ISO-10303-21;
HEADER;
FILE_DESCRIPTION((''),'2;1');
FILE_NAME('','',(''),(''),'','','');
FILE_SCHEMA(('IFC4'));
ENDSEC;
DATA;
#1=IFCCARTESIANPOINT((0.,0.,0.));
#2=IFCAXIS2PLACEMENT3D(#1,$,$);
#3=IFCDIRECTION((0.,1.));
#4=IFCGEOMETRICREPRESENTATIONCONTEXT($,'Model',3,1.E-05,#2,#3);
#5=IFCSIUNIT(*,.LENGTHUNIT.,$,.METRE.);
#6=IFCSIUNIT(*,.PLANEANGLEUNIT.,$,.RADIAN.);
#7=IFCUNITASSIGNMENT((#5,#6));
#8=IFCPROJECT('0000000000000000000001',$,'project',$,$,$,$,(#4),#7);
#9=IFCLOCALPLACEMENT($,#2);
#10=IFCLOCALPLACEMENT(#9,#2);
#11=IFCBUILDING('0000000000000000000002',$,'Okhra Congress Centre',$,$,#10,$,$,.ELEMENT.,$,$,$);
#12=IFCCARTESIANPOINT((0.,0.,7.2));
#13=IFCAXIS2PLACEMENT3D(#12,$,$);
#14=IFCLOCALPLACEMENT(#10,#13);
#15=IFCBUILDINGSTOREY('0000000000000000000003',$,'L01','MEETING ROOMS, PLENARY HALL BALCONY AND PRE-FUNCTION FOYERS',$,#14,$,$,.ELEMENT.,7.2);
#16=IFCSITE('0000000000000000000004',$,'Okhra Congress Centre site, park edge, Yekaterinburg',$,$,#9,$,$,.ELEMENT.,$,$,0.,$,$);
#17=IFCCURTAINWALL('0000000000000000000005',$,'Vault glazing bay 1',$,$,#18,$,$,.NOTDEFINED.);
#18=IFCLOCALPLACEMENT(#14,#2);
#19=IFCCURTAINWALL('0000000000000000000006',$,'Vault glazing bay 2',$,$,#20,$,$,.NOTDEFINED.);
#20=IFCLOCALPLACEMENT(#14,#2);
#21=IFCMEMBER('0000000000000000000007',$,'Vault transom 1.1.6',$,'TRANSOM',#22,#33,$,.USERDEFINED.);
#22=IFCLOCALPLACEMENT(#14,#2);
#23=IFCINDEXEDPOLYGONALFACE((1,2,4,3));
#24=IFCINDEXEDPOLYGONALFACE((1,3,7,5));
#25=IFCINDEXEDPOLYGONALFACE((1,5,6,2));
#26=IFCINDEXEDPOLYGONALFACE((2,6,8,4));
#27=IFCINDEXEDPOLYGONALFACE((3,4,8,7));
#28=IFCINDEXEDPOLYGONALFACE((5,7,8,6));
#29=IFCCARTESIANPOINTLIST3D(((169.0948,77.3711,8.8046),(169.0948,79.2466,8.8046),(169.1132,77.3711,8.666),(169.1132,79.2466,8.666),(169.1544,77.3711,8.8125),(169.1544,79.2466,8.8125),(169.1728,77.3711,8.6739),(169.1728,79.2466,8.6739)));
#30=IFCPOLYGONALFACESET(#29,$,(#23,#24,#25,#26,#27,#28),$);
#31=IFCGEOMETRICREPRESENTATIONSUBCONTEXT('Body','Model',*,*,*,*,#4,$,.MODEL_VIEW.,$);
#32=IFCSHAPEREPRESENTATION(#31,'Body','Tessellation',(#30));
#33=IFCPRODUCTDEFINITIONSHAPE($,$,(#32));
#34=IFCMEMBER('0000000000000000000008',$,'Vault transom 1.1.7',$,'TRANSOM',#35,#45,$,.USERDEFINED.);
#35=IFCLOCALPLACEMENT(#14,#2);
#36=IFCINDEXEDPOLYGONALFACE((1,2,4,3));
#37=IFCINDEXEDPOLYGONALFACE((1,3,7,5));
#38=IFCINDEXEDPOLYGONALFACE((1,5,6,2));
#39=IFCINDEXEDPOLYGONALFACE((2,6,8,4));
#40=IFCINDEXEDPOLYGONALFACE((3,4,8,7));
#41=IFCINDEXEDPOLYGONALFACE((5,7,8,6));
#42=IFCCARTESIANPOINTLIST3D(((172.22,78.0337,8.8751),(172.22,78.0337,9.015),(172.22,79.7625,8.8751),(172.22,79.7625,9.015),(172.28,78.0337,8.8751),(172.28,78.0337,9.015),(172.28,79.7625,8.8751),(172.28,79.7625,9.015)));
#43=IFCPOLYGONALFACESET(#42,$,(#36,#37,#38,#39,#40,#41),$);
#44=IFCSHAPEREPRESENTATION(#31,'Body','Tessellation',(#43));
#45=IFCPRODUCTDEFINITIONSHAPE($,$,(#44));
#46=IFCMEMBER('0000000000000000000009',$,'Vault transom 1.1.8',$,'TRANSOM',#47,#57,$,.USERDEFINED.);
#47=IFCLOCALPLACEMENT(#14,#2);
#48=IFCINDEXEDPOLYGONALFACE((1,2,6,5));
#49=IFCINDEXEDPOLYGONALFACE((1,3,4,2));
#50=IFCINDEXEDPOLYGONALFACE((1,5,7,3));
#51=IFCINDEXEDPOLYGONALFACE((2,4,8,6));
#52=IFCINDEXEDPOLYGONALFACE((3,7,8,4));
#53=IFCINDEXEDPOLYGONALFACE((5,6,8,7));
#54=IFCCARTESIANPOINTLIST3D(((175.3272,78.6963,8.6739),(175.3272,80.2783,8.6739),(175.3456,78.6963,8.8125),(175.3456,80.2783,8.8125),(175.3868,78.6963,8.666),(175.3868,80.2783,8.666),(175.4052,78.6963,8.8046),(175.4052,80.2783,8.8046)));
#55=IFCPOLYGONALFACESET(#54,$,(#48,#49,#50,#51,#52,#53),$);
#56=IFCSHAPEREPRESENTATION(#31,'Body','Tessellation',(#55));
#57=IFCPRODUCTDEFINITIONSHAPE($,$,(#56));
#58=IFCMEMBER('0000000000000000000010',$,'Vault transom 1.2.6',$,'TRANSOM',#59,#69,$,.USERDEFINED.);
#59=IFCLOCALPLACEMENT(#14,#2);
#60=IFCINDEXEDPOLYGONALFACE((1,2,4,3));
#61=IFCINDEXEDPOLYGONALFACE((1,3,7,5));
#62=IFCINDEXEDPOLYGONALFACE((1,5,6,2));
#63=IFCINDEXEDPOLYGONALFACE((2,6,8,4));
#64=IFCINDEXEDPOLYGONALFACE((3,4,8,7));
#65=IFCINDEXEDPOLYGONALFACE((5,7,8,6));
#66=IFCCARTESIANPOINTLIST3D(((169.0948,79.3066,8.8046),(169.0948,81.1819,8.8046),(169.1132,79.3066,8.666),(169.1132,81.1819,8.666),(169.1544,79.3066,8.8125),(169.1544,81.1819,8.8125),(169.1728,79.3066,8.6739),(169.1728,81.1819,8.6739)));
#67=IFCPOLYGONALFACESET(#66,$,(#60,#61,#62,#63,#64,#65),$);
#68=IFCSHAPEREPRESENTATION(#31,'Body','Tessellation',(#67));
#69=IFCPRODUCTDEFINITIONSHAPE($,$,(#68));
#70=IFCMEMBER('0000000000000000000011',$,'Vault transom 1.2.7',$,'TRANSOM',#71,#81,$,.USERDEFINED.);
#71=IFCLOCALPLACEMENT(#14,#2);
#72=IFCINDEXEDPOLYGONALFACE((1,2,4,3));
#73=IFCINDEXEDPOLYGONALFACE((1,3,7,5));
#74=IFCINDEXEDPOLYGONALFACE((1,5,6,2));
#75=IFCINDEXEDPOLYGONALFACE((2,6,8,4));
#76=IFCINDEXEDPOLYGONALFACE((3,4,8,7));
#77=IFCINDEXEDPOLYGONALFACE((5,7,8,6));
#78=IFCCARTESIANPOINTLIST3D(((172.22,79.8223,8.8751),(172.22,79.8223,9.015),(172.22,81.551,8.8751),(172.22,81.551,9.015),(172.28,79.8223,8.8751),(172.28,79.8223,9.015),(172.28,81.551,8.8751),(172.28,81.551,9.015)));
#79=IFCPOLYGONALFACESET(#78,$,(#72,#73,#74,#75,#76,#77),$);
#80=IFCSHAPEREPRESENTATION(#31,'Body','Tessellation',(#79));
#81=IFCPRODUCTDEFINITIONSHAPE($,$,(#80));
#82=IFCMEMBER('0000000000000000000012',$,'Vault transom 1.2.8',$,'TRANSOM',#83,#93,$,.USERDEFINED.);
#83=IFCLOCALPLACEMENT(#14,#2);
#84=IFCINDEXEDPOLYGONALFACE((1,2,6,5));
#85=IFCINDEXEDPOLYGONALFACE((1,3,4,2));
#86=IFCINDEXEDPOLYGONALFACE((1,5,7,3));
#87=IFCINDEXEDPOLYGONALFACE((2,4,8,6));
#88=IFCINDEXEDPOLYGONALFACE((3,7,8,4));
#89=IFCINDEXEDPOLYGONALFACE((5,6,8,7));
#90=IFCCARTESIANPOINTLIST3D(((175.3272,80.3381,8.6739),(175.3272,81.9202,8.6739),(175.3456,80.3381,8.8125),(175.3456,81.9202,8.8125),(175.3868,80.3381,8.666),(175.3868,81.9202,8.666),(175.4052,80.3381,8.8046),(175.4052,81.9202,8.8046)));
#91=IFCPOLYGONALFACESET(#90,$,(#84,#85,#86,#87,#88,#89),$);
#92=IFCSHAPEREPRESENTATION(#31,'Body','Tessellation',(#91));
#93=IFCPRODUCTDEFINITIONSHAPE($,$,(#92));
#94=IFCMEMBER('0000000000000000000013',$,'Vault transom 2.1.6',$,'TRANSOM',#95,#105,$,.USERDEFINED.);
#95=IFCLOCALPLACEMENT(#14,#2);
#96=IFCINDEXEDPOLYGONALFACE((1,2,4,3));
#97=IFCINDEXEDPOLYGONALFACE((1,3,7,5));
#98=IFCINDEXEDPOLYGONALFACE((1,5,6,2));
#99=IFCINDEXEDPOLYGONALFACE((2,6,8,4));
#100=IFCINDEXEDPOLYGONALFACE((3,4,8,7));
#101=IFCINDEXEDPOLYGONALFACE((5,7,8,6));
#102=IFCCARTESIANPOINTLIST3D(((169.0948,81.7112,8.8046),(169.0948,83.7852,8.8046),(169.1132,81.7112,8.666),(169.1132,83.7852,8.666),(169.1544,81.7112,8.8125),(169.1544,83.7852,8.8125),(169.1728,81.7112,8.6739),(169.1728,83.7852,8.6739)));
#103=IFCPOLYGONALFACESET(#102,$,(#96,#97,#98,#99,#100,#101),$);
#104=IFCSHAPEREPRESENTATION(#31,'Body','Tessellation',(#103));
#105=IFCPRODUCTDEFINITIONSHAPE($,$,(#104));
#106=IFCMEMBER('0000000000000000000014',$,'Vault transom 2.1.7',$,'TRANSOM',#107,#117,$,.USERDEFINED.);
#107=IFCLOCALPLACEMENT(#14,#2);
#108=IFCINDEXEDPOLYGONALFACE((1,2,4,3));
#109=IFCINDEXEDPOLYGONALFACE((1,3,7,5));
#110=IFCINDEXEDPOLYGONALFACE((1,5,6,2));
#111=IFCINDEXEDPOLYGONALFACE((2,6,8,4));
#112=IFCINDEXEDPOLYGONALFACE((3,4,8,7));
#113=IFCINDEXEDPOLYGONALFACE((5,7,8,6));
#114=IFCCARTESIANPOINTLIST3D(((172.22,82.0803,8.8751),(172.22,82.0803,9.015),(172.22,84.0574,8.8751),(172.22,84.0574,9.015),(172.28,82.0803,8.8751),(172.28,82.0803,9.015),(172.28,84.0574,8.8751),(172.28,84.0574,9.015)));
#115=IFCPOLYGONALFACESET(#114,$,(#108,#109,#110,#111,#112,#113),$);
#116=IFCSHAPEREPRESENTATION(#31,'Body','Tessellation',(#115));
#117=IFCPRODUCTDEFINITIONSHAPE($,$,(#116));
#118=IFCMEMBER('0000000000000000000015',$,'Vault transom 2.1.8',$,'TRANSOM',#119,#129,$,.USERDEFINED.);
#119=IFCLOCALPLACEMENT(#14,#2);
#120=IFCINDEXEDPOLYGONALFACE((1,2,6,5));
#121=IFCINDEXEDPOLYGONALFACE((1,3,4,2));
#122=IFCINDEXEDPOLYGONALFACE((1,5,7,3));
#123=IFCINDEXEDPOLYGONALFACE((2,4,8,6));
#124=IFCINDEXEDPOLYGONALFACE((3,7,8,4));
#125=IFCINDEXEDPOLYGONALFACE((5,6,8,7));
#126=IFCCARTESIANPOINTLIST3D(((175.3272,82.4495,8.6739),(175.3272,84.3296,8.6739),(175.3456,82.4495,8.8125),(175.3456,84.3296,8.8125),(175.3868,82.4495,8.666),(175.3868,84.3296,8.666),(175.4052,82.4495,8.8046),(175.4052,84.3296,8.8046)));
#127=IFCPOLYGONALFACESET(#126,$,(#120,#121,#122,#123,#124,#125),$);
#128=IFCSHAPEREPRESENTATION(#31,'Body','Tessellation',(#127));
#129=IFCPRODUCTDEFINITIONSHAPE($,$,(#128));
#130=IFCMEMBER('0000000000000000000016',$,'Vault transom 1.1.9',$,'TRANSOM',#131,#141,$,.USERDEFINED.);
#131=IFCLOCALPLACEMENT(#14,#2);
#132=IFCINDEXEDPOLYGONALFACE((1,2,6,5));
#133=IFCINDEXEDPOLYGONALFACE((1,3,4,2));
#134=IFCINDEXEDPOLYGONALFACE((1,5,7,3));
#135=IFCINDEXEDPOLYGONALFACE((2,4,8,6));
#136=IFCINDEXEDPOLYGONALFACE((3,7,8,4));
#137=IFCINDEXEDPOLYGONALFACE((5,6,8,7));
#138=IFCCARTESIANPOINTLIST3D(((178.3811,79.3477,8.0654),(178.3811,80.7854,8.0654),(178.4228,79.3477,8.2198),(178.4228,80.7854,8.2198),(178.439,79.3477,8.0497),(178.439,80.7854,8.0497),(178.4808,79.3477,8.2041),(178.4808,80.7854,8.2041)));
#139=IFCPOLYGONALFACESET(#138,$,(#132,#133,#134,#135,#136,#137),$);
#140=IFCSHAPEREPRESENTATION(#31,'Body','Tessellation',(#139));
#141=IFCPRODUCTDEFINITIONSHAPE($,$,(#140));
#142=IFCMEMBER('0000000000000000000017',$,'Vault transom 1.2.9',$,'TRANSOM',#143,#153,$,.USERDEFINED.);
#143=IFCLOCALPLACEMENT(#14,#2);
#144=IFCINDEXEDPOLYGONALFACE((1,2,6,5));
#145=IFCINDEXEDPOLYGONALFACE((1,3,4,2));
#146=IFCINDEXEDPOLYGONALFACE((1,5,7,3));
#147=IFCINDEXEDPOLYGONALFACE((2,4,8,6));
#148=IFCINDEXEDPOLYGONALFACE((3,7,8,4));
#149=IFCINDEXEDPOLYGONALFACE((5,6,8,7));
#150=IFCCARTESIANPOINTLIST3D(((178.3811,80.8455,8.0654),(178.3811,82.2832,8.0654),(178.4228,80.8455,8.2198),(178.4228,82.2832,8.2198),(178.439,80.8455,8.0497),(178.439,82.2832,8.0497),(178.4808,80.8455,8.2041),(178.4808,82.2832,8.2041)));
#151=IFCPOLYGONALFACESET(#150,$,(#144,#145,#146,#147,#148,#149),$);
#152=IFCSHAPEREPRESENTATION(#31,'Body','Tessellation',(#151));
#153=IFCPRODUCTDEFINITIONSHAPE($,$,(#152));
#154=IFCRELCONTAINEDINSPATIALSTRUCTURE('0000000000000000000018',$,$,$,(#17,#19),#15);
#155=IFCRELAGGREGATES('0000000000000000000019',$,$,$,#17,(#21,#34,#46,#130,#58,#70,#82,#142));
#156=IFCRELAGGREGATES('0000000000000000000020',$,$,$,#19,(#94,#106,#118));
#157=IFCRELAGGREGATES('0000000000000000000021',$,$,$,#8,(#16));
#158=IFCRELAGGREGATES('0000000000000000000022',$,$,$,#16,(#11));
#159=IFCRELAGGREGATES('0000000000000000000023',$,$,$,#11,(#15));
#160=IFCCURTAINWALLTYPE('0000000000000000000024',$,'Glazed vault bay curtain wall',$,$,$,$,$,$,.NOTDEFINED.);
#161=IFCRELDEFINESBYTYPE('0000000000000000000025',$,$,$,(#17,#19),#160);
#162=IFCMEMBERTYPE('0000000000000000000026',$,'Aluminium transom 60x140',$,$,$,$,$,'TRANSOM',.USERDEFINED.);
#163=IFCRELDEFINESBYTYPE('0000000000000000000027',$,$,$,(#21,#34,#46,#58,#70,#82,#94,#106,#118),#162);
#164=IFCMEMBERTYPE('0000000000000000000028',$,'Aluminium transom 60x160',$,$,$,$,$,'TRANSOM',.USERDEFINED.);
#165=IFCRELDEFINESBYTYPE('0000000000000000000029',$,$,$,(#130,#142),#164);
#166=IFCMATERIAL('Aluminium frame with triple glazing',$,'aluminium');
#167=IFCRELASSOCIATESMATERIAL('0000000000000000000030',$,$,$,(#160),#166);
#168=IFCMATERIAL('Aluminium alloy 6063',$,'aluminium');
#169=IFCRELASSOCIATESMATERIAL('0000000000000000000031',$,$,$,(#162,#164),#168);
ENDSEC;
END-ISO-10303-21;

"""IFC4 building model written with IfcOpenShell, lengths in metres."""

from ifc_helpers import new_model, si_unit, direction, frame, origin, origin_2d, place, context, subcontext, project, spatial, rectangle, extrude, material, material_profile, profile_set, type_object, element, aggregate, save


model = new_model("IFC4")

# Units and contexts
model_context = context("Model", 3, precision=1e-05, world=origin(), true_north=direction((0.0, 1.0)))
body_context = subcontext(model_context, "Body", "Model", "MODEL_VIEW")
ifc_project = project(units=[si_unit("LENGTHUNIT", "METRE"), si_unit("PLANEANGLEUNIT", "RADIAN")], contexts=[model_context])

# Site, building, storey
site_placement = place(None, origin())
site = spatial("IfcSite", under=ifc_project, at=site_placement, Name="Okhra Congress Centre site, park edge, Yekaterinburg", CompositionType="ELEMENT", RefElevation=0.0)
building_placement = place(site_placement, origin())
building = spatial("IfcBuilding", under=site, at=building_placement, Name="Okhra Congress Centre", CompositionType="ELEMENT")
storey_placement = place(building_placement, frame((0.0, 0.0, 7.2)))
storey = spatial("IfcBuildingStorey", under=building, at=storey_placement, Name="L01", Description="MEETING ROOMS, PLENARY HALL BALCONY AND PRE-FUNCTION FOYERS", CompositionType="ELEMENT", Elevation=7.2)

# Curtain walls
ifc_material_1 = material(Name="Aluminium frame with triple glazing", Category="aluminium")
curtain_wall_type = type_object("IfcCurtainWallType", Name="Glazed vault bay curtain wall", PredefinedType="NOTDEFINED", material=ifc_material_1)
curtain_wall_1_placement = place(storey_placement, origin())
curtain_wall_1 = element("IfcCurtainWall", 1, at=curtain_wall_1_placement, inside=storey, type_object=curtain_wall_type, Name="Vault glazing bay 1", PredefinedType="NOTDEFINED")
ifc_material_2 = material(Name="Aluminium alloy 6063", Category="aluminium")
curtain_wall_2_placement = place(storey_placement, origin())
curtain_wall_2 = element("IfcCurtainWall", 2, at=curtain_wall_2_placement, inside=storey, type_object=curtain_wall_type, Name="Vault glazing bay 2", PredefinedType="NOTDEFINED")

# Members
ifc_material_profile_1 = material_profile(ifc_material_2, rectangle(XDim=0.0601, YDim=0.1399, at=origin_2d()), Name="AL 60x140 transom")
ifc_profile_set_1 = profile_set([ifc_material_profile_1], Name="Aluminium alloy 6063")
member_type_1 = type_object("IfcMemberType", Name="Aluminium transom 60x140", ElementType="TRANSOM", PredefinedType="USERDEFINED", material=ifc_profile_set_1)
member_1_placement = place(storey_placement, frame((169.1338, 77.3711, 8.7393), z_axis=(0.0, 1.0, 0.0), x_axis=(-0.991307, 0.0, -0.131568)))
member_1 = element("IfcMember", 3, at=member_1_placement, type_object=member_type_1, Name="Vault transom 1.1.6", ObjectType="TRANSOM", PredefinedType="USERDEFINED", context=body_context, shape_type="SweptSolid", body=[
    extrude(rectangle(XDim=0.0601, YDim=0.1399, at=origin_2d()), origin(), (0.0, 0.0, 1.0), 1.8755),
])
member_2_placement = place(storey_placement, frame((172.25, 78.0337, 8.9451), z_axis=(0.0, 1.0, 0.0), x_axis=(-1.0, 0.0, 0.0)))
member_2 = element("IfcMember", 4, at=member_2_placement, type_object=member_type_1, Name="Vault transom 1.1.7", ObjectType="TRANSOM", PredefinedType="USERDEFINED", context=body_context, shape_type="SweptSolid", body=[
    extrude(rectangle(XDim=0.0601, YDim=0.1399, at=origin_2d()), origin(), (0.0, 0.0, 1.0), 1.7288),
])
member_3_placement = place(storey_placement, frame((175.3662, 78.6963, 8.7393), z_axis=(0.0, 1.0, 0.0), x_axis=(-0.991307, 0.0, 0.131568)))
member_3 = element("IfcMember", 5, at=member_3_placement, type_object=member_type_1, Name="Vault transom 1.1.8", ObjectType="TRANSOM", PredefinedType="USERDEFINED", context=body_context, shape_type="SweptSolid", body=[
    extrude(rectangle(XDim=0.0601, YDim=0.1399, at=origin_2d()), origin(), (0.0, 0.0, 1.0), 1.582),
])
member_4_placement = place(storey_placement, frame((169.1338, 79.3066, 8.7393), z_axis=(0.0, 1.0, 0.0), x_axis=(-0.991307, 0.0, -0.131568)))
member_4 = element("IfcMember", 6, at=member_4_placement, type_object=member_type_1, Name="Vault transom 1.2.6", ObjectType="TRANSOM", PredefinedType="USERDEFINED", context=body_context, shape_type="SweptSolid", body=[
    extrude(rectangle(XDim=0.0601, YDim=0.1399, at=origin_2d()), origin(), (0.0, 0.0, 1.0), 1.8752),
])
member_5_placement = place(storey_placement, frame((172.25, 79.8223, 8.9451), z_axis=(0.0, 1.0, 0.0), x_axis=(-1.0, 0.0, 0.0)))
member_5 = element("IfcMember", 7, at=member_5_placement, type_object=member_type_1, Name="Vault transom 1.2.7", ObjectType="TRANSOM", PredefinedType="USERDEFINED", context=body_context, shape_type="SweptSolid", body=[
    extrude(rectangle(XDim=0.0601, YDim=0.1399, at=origin_2d()), origin(), (0.0, 0.0, 1.0), 1.7288),
])
member_6_placement = place(storey_placement, frame((175.3662, 80.3381, 8.7393), z_axis=(0.0, 1.0, 0.0), x_axis=(-0.991307, 0.0, 0.131568)))
member_6 = element("IfcMember", 8, at=member_6_placement, type_object=member_type_1, Name="Vault transom 1.2.8", ObjectType="TRANSOM", PredefinedType="USERDEFINED", context=body_context, shape_type="SweptSolid", body=[
    extrude(rectangle(XDim=0.0601, YDim=0.1399, at=origin_2d()), origin(), (0.0, 0.0, 1.0), 1.582),
])
member_7_placement = place(storey_placement, frame((169.1338, 81.7112, 8.7393), z_axis=(0.0, 1.0, 0.0), x_axis=(-0.991307, 0.0, -0.131568)))
member_7 = element("IfcMember", 9, at=member_7_placement, type_object=member_type_1, Name="Vault transom 2.1.6", ObjectType="TRANSOM", PredefinedType="USERDEFINED", context=body_context, shape_type="SweptSolid", body=[
    extrude(rectangle(XDim=0.0601, YDim=0.1399, at=origin_2d()), origin(), (0.0, 0.0, 1.0), 2.074),
])
member_8_placement = place(storey_placement, frame((172.25, 82.0803, 8.9451), z_axis=(0.0, 1.0, 0.0), x_axis=(-1.0, 0.0, 0.0)))
member_8 = element("IfcMember", 10, at=member_8_placement, type_object=member_type_1, Name="Vault transom 2.1.7", ObjectType="TRANSOM", PredefinedType="USERDEFINED", context=body_context, shape_type="SweptSolid", body=[
    extrude(rectangle(XDim=0.0601, YDim=0.1399, at=origin_2d()), origin(), (0.0, 0.0, 1.0), 1.9771),
])
member_9_placement = place(storey_placement, frame((175.3662, 82.4495, 8.7393), z_axis=(0.0, 1.0, 0.0), x_axis=(-0.991307, 0.0, 0.131568)))
member_9 = element("IfcMember", 11, at=member_9_placement, type_object=member_type_1, Name="Vault transom 2.1.8", ObjectType="TRANSOM", PredefinedType="USERDEFINED", context=body_context, shape_type="SweptSolid", body=[
    extrude(rectangle(XDim=0.0601, YDim=0.1399, at=origin_2d()), origin(), (0.0, 0.0, 1.0), 1.8801),
])
ifc_material_profile_2 = material_profile(ifc_material_2, rectangle(XDim=0.0601, YDim=0.1599, at=origin_2d()), Name="AL 60x160 transom")
ifc_profile_set_2 = profile_set([ifc_material_profile_2], Name="Aluminium alloy 6063")
member_type_2 = type_object("IfcMemberType", Name="Aluminium transom 60x160", ElementType="TRANSOM", PredefinedType="USERDEFINED", material=ifc_profile_set_2)
member_10_placement = place(storey_placement, frame((178.4309, 79.3477, 8.1348), z_axis=(0.0, 1.0, 0.0), x_axis=(-0.96538, 0.0, 0.260848)))
member_10 = element("IfcMember", 12, at=member_10_placement, type_object=member_type_2, Name="Vault transom 1.1.9", ObjectType="TRANSOM", PredefinedType="USERDEFINED", context=body_context, shape_type="SweptSolid", body=[
    extrude(rectangle(XDim=0.0601, YDim=0.1599, at=origin_2d()), origin(), (0.0, 0.0, 1.0), 1.4377),
])
member_11_placement = place(storey_placement, frame((178.4309, 80.8455, 8.1348), z_axis=(0.0, 1.0, 0.0), x_axis=(-0.96538, 0.0, 0.260848)))
member_11 = element("IfcMember", 13, at=member_11_placement, type_object=member_type_2, Name="Vault transom 1.2.9", ObjectType="TRANSOM", PredefinedType="USERDEFINED", context=body_context, shape_type="SweptSolid", body=[
    extrude(rectangle(XDim=0.0601, YDim=0.1599, at=origin_2d()), origin(), (0.0, 0.0, 1.0), 1.4377),
])

aggregate(curtain_wall_1, [member_1, member_2, member_3, member_10, member_4, member_5, member_6, member_11])
aggregate(curtain_wall_2, [member_7, member_8, member_9])

save(model, "model.ifc")
